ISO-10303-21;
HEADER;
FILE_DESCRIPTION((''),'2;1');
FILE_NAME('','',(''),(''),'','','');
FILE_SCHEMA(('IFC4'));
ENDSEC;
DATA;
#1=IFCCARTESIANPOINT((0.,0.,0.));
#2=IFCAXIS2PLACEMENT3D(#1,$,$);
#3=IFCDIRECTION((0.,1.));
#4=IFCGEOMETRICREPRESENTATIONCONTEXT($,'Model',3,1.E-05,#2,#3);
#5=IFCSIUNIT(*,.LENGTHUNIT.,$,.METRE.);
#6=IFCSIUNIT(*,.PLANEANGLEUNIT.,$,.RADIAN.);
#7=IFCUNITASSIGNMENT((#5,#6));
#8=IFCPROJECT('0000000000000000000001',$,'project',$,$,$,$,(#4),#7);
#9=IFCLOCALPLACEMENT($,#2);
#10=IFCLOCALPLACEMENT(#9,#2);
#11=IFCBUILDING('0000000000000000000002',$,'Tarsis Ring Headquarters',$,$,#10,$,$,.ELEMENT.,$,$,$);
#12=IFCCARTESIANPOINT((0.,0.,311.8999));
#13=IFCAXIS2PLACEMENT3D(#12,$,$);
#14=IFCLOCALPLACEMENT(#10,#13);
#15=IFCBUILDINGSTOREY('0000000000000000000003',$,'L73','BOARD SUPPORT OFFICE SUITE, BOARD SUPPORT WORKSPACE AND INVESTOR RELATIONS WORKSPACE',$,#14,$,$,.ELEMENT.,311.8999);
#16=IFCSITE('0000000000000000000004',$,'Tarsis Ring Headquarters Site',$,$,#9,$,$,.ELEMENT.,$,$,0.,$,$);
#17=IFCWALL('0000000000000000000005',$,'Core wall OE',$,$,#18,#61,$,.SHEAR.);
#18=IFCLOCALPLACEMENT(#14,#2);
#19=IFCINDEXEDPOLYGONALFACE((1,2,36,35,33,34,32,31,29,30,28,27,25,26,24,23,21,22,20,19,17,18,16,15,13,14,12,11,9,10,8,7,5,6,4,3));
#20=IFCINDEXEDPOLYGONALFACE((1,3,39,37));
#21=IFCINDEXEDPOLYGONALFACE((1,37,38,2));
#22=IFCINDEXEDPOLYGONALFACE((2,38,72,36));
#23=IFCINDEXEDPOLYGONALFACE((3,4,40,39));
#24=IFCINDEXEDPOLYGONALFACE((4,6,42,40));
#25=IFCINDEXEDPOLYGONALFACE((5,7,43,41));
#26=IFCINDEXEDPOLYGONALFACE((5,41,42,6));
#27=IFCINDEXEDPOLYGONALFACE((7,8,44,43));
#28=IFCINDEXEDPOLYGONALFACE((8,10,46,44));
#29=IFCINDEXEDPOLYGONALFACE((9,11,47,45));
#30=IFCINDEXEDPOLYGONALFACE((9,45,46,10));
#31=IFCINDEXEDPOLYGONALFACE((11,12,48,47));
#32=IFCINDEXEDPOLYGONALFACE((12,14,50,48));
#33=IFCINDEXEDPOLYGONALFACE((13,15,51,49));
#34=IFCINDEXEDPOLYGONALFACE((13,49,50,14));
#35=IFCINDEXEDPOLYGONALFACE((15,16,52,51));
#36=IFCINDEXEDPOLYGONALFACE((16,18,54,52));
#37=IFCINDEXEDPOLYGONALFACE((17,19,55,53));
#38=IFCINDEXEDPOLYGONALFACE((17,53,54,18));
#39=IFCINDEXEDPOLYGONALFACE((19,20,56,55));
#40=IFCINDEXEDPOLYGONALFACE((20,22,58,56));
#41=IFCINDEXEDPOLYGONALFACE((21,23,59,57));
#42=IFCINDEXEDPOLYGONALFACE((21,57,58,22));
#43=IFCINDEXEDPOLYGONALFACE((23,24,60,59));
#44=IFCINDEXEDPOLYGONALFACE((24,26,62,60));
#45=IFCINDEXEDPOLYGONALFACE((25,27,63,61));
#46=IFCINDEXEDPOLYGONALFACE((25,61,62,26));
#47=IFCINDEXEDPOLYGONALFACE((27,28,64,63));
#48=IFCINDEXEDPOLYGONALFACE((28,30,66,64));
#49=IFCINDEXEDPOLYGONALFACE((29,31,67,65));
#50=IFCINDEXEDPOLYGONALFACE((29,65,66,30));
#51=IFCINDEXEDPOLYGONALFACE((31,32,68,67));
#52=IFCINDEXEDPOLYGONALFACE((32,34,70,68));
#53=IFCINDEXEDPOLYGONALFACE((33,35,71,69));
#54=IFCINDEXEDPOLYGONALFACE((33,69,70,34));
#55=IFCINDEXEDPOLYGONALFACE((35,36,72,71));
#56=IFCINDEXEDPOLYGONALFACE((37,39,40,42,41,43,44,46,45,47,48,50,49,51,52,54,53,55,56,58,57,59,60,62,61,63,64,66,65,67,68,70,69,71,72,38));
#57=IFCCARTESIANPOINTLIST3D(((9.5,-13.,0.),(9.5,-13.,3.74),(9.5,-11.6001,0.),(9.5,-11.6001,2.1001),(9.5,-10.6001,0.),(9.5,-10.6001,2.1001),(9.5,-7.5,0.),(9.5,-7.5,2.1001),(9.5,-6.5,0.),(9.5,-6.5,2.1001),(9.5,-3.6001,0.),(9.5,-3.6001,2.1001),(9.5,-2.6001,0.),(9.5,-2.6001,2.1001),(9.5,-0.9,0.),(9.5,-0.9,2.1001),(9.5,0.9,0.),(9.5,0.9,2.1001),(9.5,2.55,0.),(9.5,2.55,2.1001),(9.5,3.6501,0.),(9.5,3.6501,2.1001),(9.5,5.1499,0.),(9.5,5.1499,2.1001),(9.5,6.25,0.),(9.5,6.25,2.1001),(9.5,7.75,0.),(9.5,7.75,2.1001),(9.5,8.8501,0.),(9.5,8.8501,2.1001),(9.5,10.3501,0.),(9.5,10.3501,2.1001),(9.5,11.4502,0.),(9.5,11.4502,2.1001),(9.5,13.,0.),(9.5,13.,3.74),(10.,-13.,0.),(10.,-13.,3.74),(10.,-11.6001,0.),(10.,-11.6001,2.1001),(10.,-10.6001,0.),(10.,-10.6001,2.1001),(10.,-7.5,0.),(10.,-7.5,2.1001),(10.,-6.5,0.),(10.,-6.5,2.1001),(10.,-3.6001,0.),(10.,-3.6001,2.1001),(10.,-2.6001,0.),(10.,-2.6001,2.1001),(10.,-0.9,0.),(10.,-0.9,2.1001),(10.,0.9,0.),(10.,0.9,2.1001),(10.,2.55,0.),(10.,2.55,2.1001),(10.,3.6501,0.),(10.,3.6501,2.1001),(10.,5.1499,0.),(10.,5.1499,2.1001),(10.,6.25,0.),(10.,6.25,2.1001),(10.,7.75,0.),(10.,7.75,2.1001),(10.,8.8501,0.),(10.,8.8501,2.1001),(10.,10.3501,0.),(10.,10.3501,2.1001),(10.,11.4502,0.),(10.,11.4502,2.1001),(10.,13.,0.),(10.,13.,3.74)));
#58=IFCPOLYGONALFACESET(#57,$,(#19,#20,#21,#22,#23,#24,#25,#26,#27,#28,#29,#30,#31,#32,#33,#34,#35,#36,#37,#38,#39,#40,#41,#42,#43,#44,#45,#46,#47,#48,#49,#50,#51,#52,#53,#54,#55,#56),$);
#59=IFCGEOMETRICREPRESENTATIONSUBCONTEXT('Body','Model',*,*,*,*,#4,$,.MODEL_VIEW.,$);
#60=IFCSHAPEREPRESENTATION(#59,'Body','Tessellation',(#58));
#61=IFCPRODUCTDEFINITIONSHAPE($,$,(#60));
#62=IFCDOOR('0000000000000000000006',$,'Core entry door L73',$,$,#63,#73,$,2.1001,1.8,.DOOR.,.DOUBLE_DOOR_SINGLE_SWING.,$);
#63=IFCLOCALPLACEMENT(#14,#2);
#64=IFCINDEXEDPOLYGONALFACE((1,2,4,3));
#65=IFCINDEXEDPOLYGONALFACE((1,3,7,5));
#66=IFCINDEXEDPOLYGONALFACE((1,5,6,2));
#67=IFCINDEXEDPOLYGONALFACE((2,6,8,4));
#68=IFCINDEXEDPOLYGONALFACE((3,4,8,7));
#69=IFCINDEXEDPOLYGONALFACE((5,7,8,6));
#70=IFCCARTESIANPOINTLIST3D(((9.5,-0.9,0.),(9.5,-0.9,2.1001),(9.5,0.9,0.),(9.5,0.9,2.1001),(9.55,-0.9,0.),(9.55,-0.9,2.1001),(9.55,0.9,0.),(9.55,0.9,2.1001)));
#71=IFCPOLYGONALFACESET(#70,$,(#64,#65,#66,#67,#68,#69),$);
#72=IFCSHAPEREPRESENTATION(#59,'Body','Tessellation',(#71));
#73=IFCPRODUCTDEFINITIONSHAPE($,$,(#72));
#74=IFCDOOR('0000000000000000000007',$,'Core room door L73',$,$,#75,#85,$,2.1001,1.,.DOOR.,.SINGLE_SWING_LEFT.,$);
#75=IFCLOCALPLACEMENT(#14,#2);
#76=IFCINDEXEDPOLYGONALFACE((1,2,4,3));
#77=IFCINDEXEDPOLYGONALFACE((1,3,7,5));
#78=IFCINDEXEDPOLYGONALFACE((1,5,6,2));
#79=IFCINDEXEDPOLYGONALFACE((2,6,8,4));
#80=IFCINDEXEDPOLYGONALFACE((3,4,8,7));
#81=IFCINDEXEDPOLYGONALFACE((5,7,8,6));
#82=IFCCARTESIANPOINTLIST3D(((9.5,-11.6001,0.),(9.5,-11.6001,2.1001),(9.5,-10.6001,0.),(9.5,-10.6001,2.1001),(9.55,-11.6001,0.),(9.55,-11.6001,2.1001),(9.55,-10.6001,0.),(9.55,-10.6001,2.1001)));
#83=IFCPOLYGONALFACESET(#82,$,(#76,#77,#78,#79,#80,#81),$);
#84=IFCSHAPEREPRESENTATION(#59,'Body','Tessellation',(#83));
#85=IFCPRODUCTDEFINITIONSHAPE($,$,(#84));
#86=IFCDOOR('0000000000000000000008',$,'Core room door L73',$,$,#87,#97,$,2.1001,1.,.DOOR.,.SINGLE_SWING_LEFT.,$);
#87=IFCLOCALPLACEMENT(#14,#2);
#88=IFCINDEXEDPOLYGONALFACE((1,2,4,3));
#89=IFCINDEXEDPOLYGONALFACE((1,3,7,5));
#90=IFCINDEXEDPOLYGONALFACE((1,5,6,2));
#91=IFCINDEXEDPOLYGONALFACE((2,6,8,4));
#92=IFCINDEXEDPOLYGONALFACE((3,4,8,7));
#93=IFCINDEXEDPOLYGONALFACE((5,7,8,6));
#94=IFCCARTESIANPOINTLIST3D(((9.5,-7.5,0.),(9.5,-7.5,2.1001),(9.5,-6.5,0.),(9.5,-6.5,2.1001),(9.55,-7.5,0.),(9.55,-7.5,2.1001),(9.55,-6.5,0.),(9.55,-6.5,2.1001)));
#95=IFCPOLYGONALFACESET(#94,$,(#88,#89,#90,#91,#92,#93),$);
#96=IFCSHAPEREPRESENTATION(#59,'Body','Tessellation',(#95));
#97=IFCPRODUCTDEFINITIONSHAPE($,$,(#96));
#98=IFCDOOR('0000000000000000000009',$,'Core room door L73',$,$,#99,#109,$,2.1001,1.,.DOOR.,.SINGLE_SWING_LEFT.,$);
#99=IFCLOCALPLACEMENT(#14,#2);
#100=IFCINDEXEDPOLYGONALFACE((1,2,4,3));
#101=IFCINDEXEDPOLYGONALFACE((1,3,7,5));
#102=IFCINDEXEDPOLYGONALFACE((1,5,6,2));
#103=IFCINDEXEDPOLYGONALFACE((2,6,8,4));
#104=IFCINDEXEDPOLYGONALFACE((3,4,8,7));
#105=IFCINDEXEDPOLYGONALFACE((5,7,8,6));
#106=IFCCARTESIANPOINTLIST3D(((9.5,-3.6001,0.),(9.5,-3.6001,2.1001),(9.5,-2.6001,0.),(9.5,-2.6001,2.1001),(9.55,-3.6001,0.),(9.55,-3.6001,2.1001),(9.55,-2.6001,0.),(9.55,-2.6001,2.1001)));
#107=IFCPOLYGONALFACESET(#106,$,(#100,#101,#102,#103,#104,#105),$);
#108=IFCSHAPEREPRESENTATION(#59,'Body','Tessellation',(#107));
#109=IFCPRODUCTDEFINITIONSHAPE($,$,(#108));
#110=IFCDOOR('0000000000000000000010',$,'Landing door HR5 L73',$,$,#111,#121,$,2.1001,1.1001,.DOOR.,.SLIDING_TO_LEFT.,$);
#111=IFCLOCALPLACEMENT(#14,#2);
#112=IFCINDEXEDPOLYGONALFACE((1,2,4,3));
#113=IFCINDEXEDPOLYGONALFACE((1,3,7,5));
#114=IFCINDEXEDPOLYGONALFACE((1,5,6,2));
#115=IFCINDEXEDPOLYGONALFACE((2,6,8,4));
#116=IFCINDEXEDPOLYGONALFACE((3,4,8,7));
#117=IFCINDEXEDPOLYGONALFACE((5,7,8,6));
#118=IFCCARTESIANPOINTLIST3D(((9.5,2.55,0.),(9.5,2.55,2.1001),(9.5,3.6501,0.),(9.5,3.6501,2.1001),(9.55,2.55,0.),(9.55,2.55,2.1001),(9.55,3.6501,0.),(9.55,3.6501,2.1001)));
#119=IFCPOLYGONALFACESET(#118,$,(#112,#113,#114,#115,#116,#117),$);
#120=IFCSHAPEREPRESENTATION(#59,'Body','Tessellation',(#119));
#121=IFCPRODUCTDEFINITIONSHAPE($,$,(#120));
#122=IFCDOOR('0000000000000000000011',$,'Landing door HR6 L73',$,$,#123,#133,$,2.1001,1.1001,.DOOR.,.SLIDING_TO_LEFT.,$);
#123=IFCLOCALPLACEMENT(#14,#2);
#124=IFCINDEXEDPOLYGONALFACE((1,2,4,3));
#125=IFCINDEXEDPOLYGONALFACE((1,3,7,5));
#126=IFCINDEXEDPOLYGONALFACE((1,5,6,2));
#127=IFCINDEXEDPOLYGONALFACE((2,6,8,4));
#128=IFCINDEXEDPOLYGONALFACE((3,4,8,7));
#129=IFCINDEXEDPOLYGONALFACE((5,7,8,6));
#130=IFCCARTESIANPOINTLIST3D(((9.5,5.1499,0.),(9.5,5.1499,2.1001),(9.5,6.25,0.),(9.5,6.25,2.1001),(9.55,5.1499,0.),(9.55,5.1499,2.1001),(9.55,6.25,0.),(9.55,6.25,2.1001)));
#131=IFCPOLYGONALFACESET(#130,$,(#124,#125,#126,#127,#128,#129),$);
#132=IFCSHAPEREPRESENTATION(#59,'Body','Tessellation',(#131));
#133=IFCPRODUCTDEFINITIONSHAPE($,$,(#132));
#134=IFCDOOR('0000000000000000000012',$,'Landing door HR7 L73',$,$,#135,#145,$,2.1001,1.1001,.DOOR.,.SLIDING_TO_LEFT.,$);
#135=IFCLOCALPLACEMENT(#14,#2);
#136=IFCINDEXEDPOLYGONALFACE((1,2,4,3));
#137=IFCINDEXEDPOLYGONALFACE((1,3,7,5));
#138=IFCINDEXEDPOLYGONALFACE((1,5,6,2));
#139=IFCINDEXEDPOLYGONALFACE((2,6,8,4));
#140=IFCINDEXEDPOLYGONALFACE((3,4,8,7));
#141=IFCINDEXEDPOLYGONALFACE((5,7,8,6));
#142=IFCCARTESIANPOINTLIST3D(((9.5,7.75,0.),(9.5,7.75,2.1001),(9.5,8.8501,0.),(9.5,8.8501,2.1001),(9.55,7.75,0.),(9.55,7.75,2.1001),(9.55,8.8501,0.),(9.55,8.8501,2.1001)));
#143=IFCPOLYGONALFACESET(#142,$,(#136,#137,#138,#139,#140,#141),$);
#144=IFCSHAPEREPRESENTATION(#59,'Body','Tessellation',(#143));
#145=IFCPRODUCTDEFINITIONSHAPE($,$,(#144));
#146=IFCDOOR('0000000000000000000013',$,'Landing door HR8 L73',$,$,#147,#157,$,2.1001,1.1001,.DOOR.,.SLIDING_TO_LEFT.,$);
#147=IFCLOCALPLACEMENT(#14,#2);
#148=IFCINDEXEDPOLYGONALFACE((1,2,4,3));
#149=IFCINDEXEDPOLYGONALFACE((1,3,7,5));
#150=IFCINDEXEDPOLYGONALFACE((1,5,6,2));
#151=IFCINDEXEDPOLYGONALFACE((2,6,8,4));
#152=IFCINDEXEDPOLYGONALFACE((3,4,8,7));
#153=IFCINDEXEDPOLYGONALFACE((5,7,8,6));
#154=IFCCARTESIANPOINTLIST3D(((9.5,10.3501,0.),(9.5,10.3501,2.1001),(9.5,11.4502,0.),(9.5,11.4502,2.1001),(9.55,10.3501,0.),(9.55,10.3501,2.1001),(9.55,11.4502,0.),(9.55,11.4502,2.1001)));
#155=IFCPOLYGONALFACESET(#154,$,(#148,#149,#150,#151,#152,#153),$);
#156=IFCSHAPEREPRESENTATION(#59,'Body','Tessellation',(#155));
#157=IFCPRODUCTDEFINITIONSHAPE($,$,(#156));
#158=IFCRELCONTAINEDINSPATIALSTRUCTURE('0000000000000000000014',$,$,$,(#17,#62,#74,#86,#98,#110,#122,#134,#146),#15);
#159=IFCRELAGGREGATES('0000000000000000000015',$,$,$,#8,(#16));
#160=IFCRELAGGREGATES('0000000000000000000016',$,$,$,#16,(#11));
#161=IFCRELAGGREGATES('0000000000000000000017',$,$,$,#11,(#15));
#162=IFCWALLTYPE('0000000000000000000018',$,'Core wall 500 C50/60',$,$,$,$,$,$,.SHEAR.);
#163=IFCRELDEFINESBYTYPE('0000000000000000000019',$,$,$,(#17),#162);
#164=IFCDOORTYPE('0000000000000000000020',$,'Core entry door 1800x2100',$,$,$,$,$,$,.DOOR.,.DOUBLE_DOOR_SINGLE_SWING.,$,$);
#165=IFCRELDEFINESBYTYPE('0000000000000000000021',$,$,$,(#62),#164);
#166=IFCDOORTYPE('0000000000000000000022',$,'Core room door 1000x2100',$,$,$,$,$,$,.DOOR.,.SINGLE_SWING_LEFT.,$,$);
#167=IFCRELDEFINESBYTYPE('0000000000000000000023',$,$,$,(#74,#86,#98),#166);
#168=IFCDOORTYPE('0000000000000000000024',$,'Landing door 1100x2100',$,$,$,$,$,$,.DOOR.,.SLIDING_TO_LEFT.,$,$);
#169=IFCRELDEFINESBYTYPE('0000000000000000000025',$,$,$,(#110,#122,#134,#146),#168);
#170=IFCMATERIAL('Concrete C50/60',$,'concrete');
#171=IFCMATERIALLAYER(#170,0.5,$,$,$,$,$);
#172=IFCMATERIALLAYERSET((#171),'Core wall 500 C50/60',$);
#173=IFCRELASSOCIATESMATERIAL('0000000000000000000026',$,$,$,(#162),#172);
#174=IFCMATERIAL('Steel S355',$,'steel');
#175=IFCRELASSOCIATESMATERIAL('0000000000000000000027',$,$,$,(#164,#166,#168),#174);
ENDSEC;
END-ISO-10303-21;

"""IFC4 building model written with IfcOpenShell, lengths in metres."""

from ifc_helpers import new_model, si_unit, direction, frame, frame_2d, origin, place, context, subcontext, project, spatial, rectangle, extrude, material, layer, layer_set, type_object, element, fill, save


model = new_model("IFC4")

# Units and contexts
model_context = context("Model", 3, precision=1e-05, world=origin(), true_north=direction((0.0, 1.0)))
body_context = subcontext(model_context, "Body", "Model", "MODEL_VIEW")
ifc_project = project(units=[si_unit("LENGTHUNIT", "METRE"), si_unit("PLANEANGLEUNIT", "RADIAN")], contexts=[model_context])

# Site, building, storey
site_placement = place(None, origin())
site = spatial("IfcSite", under=ifc_project, at=site_placement, Name="Tarsis Ring Headquarters Site", CompositionType="ELEMENT", RefElevation=0.0)
building_placement = place(site_placement, origin())
building = spatial("IfcBuilding", under=site, at=building_placement, Name="Tarsis Ring Headquarters", CompositionType="ELEMENT")
storey_placement = place(building_placement, frame((0.0, 0.0, 311.8999)))
storey = spatial("IfcBuildingStorey", under=building, at=storey_placement, Name="L73", Description="BOARD SUPPORT OFFICE SUITE, BOARD SUPPORT WORKSPACE AND INVESTOR RELATIONS WORKSPACE", CompositionType="ELEMENT", Elevation=311.8999)

# Wall, openings, doors
ifc_material_1 = material(Name="Concrete C50/60", Category="concrete")
ifc_layer_1 = layer(ifc_material_1, 0.5)
ifc_layer_set_1 = layer_set([ifc_layer_1], Name="Core wall 500 C50/60")
wall_type_1 = type_object("IfcWallType", Name="Core wall 500 C50/60", PredefinedType="SHEAR", material=ifc_layer_set_1)
wall_1_placement = place(storey_placement, frame((9.75, -13.0, 0.0), z_axis=(0.0, 0.0, 1.0), x_axis=(0.0, 1.0, 0.0)))
wall_1 = element("IfcWall", 1, at=wall_1_placement, inside=storey, type_object=wall_type_1, Name="Core wall OE", PredefinedType="SHEAR", context=body_context, shape_type="SweptSolid", body=[
    extrude(rectangle(XDim=26.0, YDim=0.5, at=frame_2d((13.0, 0.0))), origin(), (0.0, 0.0, 1.0), 3.74),
])
opening_1_placement = place(wall_1_placement, frame((1.3999, 0.0, 0.0)))
opening_1 = element("IfcOpeningElement", 2, at=opening_1_placement, cuts=wall_1, PredefinedType="OPENING", context=body_context, shape_type="SweptSolid", body=[
    extrude(rectangle(XDim=1.0, YDim=2.1001, at=frame_2d((0.5, 1.05))), frame((0.0, 0.26, 0.0), z_axis=(0.0, -1.0, 0.0), x_axis=(1.0, 0.0, 0.0)), (0.0, 0.0, 1.0), 0.52),
])
opening_2_placement = place(wall_1_placement, frame((5.5, 0.0, 0.0)))
opening_2 = element("IfcOpeningElement", 3, at=opening_2_placement, cuts=wall_1, PredefinedType="OPENING", context=body_context, shape_type="SweptSolid", body=[
    extrude(rectangle(XDim=1.0, YDim=2.1001, at=frame_2d((0.5, 1.05))), frame((0.0, 0.26, 0.0), z_axis=(0.0, -1.0, 0.0), x_axis=(1.0, 0.0, 0.0)), (0.0, 0.0, 1.0), 0.52),
])
opening_3_placement = place(wall_1_placement, frame((9.3999, 0.0, 0.0)))
opening_3 = element("IfcOpeningElement", 4, at=opening_3_placement, cuts=wall_1, PredefinedType="OPENING", context=body_context, shape_type="SweptSolid", body=[
    extrude(rectangle(XDim=1.0, YDim=2.1001, at=frame_2d((0.5, 1.05))), frame((0.0, 0.26, 0.0), z_axis=(0.0, -1.0, 0.0), x_axis=(1.0, 0.0, 0.0)), (0.0, 0.0, 1.0), 0.52),
])
opening_4_placement = place(wall_1_placement, frame((12.1001, 0.0, 0.0)))
opening_4 = element("IfcOpeningElement", 5, at=opening_4_placement, cuts=wall_1, PredefinedType="OPENING", context=body_context, shape_type="SweptSolid", body=[
    extrude(rectangle(XDim=1.8, YDim=2.1001, at=frame_2d((0.8999, 1.05))), frame((0.0, 0.26, 0.0), z_axis=(0.0, -1.0, 0.0), x_axis=(1.0, 0.0, 0.0)), (0.0, 0.0, 1.0), 0.52),
])
opening_5_placement = place(wall_1_placement, frame((15.55, 0.0, 0.0)))
opening_5 = element("IfcOpeningElement", 6, at=opening_5_placement, cuts=wall_1, PredefinedType="OPENING", context=body_context, shape_type="SweptSolid", body=[
    extrude(rectangle(XDim=1.1001, YDim=2.1001, at=frame_2d((0.55, 1.05))), frame((0.0, 0.26, 0.0), z_axis=(0.0, -1.0, 0.0), x_axis=(1.0, 0.0, 0.0)), (0.0, 0.0, 1.0), 0.52),
])
opening_6_placement = place(wall_1_placement, frame((18.1499, 0.0, 0.0)))
opening_6 = element("IfcOpeningElement", 7, at=opening_6_placement, cuts=wall_1, PredefinedType="OPENING", context=body_context, shape_type="SweptSolid", body=[
    extrude(rectangle(XDim=1.1001, YDim=2.1001, at=frame_2d((0.55, 1.05))), frame((0.0, 0.26, 0.0), z_axis=(0.0, -1.0, 0.0), x_axis=(1.0, 0.0, 0.0)), (0.0, 0.0, 1.0), 0.52),
])
opening_7_placement = place(wall_1_placement, frame((20.75, 0.0, 0.0)))
opening_7 = element("IfcOpeningElement", 8, at=opening_7_placement, cuts=wall_1, PredefinedType="OPENING", context=body_context, shape_type="SweptSolid", body=[
    extrude(rectangle(XDim=1.1001, YDim=2.1001, at=frame_2d((0.55, 1.05))), frame((0.0, 0.26, 0.0), z_axis=(0.0, -1.0, 0.0), x_axis=(1.0, 0.0, 0.0)), (0.0, 0.0, 1.0), 0.52),
])
opening_8_placement = place(wall_1_placement, frame((23.3501, 0.0, 0.0)))
opening_8 = element("IfcOpeningElement", 9, at=opening_8_placement, cuts=wall_1, PredefinedType="OPENING", context=body_context, shape_type="SweptSolid", body=[
    extrude(rectangle(XDim=1.1001, YDim=2.1001, at=frame_2d((0.55, 1.05))), frame((0.0, 0.26, 0.0), z_axis=(0.0, -1.0, 0.0), x_axis=(1.0, 0.0, 0.0)), (0.0, 0.0, 1.0), 0.52),
])
ifc_material_2 = material(Name="Steel S355", Category="steel")
door_type_1 = type_object("IfcDoorType", Name="Core entry door 1800x2100", OperationType="DOUBLE_DOOR_SINGLE_SWING", PredefinedType="DOOR", material=ifc_material_2)
door_1_placement = place(opening_4_placement, origin())
door_1 = element("IfcDoor", 10, at=door_1_placement, inside=storey, type_object=door_type_1, Name="Core entry door L73", OperationType="DOUBLE_DOOR_SINGLE_SWING", OverallHeight=2.1001, OverallWidth=1.8, PredefinedType="DOOR", context=body_context, shape_type="SweptSolid", body=[
    extrude(rectangle(XDim=1.8, YDim=2.1001, at=frame_2d((0.8999, 1.05))), frame((0.0, 0.25, 0.0), z_axis=(0.0, -1.0, 0.0), x_axis=(1.0, 0.0, 0.0)), (0.0, 0.0, 1.0), 0.05),
])
fill(opening_4, door_1)
door_type_2 = type_object("IfcDoorType", Name="Core room door 1000x2100", OperationType="SINGLE_SWING_LEFT", PredefinedType="DOOR", material=ifc_material_2)
door_2_placement = place(opening_1_placement, origin())
door_2 = element("IfcDoor", 11, at=door_2_placement, inside=storey, type_object=door_type_2, Name="Core room door L73", OperationType="SINGLE_SWING_LEFT", OverallHeight=2.1001, OverallWidth=1.0, PredefinedType="DOOR", context=body_context, shape_type="SweptSolid", body=[
    extrude(rectangle(XDim=1.0, YDim=2.1001, at=frame_2d((0.5, 1.05))), frame((0.0, 0.25, 0.0), z_axis=(0.0, -1.0, 0.0), x_axis=(1.0, 0.0, 0.0)), (0.0, 0.0, 1.0), 0.05),
])
fill(opening_1, door_2)
door_3_placement = place(opening_2_placement, origin())
door_3 = element("IfcDoor", 12, at=door_3_placement, inside=storey, type_object=door_type_2, Name="Core room door L73", OperationType="SINGLE_SWING_LEFT", OverallHeight=2.1001, OverallWidth=1.0, PredefinedType="DOOR", context=body_context, shape_type="SweptSolid", body=[
    extrude(rectangle(XDim=1.0, YDim=2.1001, at=frame_2d((0.5, 1.05))), frame((0.0, 0.25, 0.0), z_axis=(0.0, -1.0, 0.0), x_axis=(1.0, 0.0, 0.0)), (0.0, 0.0, 1.0), 0.05),
])
fill(opening_2, door_3)
door_4_placement = place(opening_3_placement, origin())
door_4 = element("IfcDoor", 13, at=door_4_placement, inside=storey, type_object=door_type_2, Name="Core room door L73", OperationType="SINGLE_SWING_LEFT", OverallHeight=2.1001, OverallWidth=1.0, PredefinedType="DOOR", context=body_context, shape_type="SweptSolid", body=[
    extrude(rectangle(XDim=1.0, YDim=2.1001, at=frame_2d((0.5, 1.05))), frame((0.0, 0.25, 0.0), z_axis=(0.0, -1.0, 0.0), x_axis=(1.0, 0.0, 0.0)), (0.0, 0.0, 1.0), 0.05),
])
fill(opening_3, door_4)
door_type_3 = type_object("IfcDoorType", Name="Landing door 1100x2100", OperationType="SLIDING_TO_LEFT", PredefinedType="DOOR", material=ifc_material_2)
door_5_placement = place(opening_5_placement, origin())
door_5 = element("IfcDoor", 14, at=door_5_placement, inside=storey, type_object=door_type_3, Name="Landing door HR5 L73", OperationType="SLIDING_TO_LEFT", OverallHeight=2.1001, OverallWidth=1.1001, PredefinedType="DOOR", context=body_context, shape_type="SweptSolid", body=[
    extrude(rectangle(XDim=1.1001, YDim=2.1001, at=frame_2d((0.55, 1.05))), frame((0.0, 0.25, 0.0), z_axis=(0.0, -1.0, 0.0), x_axis=(1.0, 0.0, 0.0)), (0.0, 0.0, 1.0), 0.05),
])
fill(opening_5, door_5)
door_6_placement = place(opening_6_placement, origin())
door_6 = element("IfcDoor", 15, at=door_6_placement, inside=storey, type_object=door_type_3, Name="Landing door HR6 L73", OperationType="SLIDING_TO_LEFT", OverallHeight=2.1001, OverallWidth=1.1001, PredefinedType="DOOR", context=body_context, shape_type="SweptSolid", body=[
    extrude(rectangle(XDim=1.1001, YDim=2.1001, at=frame_2d((0.55, 1.05))), frame((0.0, 0.25, 0.0), z_axis=(0.0, -1.0, 0.0), x_axis=(1.0, 0.0, 0.0)), (0.0, 0.0, 1.0), 0.05),
])
fill(opening_6, door_6)
door_7_placement = place(opening_7_placement, origin())
door_7 = element("IfcDoor", 16, at=door_7_placement, inside=storey, type_object=door_type_3, Name="Landing door HR7 L73", OperationType="SLIDING_TO_LEFT", OverallHeight=2.1001, OverallWidth=1.1001, PredefinedType="DOOR", context=body_context, shape_type="SweptSolid", body=[
    extrude(rectangle(XDim=1.1001, YDim=2.1001, at=frame_2d((0.55, 1.05))), frame((0.0, 0.25, 0.0), z_axis=(0.0, -1.0, 0.0), x_axis=(1.0, 0.0, 0.0)), (0.0, 0.0, 1.0), 0.05),
])
fill(opening_7, door_7)
door_8_placement = place(opening_8_placement, origin())
door_8 = element("IfcDoor", 17, at=door_8_placement, inside=storey, type_object=door_type_3, Name="Landing door HR8 L73", OperationType="SLIDING_TO_LEFT", OverallHeight=2.1001, OverallWidth=1.1001, PredefinedType="DOOR", context=body_context, shape_type="SweptSolid", body=[
    extrude(rectangle(XDim=1.1001, YDim=2.1001, at=frame_2d((0.55, 1.05))), frame((0.0, 0.25, 0.0), z_axis=(0.0, -1.0, 0.0), x_axis=(1.0, 0.0, 0.0)), (0.0, 0.0, 1.0), 0.05),
])
fill(opening_8, door_8)

save(model, "model.ifc")
